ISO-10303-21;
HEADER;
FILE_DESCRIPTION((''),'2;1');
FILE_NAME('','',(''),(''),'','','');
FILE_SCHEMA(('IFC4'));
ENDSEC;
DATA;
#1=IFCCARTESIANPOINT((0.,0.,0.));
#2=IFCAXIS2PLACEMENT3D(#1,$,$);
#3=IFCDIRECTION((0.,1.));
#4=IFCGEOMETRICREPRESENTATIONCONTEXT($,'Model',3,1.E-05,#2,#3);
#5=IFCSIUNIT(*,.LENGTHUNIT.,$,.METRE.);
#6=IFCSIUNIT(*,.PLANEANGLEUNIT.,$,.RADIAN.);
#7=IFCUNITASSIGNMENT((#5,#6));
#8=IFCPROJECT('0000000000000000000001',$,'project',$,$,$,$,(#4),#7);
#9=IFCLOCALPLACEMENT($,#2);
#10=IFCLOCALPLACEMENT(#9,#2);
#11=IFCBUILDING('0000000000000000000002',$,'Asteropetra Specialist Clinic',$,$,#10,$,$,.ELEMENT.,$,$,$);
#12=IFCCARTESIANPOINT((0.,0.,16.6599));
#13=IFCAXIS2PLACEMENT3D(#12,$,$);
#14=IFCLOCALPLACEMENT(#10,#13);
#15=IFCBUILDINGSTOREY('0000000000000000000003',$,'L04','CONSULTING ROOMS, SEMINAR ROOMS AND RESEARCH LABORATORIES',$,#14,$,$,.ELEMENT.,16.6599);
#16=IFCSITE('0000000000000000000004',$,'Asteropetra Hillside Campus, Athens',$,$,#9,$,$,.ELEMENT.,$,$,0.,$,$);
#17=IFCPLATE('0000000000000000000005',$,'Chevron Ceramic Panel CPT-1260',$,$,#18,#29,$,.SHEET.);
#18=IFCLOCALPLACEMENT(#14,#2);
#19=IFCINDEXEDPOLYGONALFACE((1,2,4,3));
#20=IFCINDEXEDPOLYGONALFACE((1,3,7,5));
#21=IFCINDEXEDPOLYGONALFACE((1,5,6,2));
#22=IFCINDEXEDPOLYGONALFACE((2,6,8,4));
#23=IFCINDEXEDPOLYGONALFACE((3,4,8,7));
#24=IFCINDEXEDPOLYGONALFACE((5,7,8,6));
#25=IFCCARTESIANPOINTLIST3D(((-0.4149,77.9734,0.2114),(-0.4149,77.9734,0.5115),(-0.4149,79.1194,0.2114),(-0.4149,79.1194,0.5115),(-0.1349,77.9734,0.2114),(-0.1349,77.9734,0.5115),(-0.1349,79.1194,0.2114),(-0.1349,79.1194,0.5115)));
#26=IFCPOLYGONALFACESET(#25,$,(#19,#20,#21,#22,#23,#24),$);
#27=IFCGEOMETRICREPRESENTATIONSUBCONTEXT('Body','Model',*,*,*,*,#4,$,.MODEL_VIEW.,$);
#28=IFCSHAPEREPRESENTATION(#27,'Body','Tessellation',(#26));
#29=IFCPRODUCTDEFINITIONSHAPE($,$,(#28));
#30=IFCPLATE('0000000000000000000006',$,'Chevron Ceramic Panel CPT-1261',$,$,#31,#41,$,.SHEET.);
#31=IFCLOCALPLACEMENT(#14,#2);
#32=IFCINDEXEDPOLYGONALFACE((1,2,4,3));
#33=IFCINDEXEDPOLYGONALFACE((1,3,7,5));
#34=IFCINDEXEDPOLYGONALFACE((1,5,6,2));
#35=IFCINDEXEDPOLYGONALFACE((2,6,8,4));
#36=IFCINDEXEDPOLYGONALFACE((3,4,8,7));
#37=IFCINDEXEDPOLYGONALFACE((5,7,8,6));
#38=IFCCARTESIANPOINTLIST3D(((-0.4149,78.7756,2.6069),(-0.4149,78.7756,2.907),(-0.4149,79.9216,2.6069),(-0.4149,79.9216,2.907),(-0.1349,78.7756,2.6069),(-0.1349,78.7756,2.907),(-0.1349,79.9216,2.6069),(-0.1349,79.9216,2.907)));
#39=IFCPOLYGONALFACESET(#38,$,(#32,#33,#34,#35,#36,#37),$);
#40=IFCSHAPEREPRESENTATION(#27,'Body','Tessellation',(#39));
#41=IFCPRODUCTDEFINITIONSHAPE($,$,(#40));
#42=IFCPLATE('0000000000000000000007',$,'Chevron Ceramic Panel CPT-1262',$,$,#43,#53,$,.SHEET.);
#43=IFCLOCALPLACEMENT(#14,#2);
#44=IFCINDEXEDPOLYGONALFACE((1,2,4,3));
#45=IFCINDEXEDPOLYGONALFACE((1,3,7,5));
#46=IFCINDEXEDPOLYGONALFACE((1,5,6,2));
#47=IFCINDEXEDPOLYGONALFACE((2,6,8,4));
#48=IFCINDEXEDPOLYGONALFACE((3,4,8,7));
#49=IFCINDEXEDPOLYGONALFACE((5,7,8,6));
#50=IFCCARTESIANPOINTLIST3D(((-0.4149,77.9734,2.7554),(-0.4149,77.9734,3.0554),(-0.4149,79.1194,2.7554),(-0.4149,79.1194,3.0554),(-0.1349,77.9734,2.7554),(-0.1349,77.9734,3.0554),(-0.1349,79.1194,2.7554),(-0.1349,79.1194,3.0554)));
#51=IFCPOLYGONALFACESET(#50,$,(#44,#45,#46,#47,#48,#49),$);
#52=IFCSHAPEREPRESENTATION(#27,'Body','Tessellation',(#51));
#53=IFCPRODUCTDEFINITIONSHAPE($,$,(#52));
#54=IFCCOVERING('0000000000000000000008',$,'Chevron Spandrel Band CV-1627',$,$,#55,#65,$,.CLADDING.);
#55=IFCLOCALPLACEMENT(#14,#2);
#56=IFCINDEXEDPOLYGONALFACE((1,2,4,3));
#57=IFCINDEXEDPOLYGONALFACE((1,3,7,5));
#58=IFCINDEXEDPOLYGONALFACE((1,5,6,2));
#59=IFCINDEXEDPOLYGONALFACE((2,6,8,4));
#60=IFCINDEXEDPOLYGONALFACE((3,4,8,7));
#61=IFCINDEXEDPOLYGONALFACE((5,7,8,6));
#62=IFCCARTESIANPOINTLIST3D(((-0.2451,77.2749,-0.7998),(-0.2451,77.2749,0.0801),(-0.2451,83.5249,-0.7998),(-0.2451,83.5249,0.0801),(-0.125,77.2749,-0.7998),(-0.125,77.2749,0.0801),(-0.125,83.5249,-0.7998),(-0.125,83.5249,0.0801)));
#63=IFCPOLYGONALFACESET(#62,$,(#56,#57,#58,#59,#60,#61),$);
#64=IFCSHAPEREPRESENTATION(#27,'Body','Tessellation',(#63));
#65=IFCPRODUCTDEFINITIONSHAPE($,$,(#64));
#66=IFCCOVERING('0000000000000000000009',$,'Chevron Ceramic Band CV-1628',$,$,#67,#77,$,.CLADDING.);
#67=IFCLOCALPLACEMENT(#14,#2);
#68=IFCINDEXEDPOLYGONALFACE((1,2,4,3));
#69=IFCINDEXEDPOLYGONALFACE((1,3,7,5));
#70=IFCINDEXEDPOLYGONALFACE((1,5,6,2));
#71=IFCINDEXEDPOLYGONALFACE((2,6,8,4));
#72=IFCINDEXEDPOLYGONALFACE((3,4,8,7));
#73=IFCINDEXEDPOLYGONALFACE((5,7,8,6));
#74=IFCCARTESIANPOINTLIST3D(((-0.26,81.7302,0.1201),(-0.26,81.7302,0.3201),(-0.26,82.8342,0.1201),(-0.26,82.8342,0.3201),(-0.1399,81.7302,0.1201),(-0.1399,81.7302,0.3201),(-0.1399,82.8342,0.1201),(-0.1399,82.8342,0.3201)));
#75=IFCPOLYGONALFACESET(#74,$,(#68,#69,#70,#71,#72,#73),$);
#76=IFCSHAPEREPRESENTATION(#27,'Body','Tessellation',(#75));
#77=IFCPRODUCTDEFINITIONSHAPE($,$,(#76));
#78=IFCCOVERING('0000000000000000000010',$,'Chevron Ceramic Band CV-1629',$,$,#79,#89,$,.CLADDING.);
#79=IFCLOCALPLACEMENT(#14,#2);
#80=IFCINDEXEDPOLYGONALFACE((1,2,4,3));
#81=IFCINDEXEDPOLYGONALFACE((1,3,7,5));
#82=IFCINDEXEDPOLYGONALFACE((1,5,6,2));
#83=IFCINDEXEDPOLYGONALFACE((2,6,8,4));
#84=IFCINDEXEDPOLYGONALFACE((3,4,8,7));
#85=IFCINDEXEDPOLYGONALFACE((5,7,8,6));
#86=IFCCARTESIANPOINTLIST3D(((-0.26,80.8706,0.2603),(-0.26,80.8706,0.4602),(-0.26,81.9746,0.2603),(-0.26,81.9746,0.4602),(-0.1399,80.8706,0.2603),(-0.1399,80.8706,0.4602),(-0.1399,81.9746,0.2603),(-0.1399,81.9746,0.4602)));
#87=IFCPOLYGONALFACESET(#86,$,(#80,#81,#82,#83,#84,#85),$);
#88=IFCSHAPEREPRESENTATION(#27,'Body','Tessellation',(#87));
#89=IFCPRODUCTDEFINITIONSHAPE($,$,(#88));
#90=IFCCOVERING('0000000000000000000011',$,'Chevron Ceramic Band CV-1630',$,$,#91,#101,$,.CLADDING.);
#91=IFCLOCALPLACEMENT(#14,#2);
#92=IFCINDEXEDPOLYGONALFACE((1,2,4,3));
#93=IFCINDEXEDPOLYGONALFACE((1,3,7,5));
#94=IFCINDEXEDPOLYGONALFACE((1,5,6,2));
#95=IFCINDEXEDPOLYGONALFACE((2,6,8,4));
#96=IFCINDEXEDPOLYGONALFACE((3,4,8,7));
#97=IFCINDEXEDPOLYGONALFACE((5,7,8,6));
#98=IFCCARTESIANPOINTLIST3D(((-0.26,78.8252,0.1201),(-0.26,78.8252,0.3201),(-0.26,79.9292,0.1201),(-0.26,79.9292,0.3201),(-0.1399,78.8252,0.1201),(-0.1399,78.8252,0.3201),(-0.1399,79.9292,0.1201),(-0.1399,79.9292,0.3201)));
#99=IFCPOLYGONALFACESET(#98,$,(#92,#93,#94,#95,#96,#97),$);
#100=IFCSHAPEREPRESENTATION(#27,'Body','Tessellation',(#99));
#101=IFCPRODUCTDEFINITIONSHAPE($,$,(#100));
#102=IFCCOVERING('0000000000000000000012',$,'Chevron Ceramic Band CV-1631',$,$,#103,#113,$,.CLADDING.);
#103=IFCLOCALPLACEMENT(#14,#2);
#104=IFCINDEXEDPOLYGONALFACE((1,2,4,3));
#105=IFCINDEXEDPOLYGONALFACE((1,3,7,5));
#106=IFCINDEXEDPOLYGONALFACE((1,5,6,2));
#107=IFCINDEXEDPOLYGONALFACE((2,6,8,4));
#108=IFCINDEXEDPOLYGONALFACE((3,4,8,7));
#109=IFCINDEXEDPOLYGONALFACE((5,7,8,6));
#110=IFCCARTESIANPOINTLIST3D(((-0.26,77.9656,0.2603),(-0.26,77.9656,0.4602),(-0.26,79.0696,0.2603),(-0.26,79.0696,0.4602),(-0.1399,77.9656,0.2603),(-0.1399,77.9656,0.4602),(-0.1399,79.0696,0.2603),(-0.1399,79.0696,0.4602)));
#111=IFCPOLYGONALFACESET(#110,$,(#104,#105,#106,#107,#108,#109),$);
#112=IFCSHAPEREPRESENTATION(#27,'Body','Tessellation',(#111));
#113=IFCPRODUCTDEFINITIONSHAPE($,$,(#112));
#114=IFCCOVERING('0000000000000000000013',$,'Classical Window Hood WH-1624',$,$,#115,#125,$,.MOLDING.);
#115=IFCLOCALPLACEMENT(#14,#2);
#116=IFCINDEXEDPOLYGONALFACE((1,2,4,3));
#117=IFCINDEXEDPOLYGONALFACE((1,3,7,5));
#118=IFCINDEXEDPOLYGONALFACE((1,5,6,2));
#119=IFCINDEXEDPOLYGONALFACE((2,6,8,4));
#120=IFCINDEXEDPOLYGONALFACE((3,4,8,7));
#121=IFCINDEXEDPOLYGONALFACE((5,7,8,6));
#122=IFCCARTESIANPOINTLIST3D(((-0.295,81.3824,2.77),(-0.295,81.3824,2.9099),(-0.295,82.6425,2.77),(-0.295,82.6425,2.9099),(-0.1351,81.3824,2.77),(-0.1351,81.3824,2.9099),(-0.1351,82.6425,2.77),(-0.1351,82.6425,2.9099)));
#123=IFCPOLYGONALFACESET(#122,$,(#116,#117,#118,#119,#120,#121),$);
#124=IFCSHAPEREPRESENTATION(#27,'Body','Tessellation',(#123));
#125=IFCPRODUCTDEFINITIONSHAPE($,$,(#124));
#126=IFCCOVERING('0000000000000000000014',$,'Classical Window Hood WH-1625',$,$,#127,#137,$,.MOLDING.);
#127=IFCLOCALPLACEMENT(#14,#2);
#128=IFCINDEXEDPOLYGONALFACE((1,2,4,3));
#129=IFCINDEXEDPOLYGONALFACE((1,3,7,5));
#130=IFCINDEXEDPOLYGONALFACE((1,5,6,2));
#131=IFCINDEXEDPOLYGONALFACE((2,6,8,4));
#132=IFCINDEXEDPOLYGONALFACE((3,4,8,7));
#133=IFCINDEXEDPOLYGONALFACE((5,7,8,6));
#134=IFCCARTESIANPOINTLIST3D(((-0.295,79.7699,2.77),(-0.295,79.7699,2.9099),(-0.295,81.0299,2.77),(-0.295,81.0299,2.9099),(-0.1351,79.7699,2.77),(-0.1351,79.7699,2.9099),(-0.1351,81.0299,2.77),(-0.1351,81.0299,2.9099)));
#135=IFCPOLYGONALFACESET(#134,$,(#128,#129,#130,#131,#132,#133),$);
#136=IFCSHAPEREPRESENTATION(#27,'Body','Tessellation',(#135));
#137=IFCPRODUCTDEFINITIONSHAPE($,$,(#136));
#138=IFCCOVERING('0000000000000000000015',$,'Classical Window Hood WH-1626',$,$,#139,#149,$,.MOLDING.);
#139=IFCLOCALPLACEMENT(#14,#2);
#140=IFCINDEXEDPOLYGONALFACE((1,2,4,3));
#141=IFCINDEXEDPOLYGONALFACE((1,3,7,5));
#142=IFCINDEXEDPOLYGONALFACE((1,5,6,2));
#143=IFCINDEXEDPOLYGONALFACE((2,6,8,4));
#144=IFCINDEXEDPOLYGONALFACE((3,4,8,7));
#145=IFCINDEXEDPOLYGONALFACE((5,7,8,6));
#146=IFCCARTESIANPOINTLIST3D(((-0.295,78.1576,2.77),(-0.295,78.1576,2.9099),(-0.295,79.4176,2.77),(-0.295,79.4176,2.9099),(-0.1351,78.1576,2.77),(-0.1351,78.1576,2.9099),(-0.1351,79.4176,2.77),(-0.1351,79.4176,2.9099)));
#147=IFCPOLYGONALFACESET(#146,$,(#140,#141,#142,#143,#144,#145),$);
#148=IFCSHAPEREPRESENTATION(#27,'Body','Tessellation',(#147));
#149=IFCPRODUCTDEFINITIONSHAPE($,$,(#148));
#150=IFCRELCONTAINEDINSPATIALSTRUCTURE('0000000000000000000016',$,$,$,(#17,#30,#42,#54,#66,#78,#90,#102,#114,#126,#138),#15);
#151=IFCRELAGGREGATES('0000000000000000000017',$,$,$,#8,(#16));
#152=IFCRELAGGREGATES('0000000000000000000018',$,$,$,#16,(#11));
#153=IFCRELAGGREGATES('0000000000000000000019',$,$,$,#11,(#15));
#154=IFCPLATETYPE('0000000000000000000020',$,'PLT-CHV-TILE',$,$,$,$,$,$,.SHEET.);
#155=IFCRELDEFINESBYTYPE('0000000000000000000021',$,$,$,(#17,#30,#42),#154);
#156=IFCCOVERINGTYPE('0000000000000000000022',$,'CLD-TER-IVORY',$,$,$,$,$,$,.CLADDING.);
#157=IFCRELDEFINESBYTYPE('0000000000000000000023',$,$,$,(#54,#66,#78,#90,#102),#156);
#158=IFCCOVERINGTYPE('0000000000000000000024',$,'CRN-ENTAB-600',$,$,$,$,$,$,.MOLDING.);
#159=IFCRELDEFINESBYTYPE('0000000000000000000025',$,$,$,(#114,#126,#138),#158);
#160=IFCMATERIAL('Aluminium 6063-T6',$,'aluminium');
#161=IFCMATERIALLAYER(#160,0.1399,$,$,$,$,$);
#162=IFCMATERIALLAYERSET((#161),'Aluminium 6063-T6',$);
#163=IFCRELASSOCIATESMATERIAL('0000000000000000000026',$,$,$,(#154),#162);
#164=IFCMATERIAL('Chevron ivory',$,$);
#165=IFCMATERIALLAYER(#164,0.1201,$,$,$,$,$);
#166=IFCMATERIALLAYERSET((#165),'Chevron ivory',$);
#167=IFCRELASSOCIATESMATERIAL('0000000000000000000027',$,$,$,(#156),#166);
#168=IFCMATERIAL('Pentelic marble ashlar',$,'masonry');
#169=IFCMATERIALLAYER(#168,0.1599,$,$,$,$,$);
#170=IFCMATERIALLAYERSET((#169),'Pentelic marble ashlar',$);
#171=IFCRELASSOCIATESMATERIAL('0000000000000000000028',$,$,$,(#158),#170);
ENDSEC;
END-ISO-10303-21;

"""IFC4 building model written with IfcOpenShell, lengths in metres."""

from ifc_helpers import new_model, si_unit, direction, frame, origin, origin_2d, place, context, subcontext, project, spatial, rectangle, extrude, material, layer, layer_set, type_object, element, save


model = new_model("IFC4")

# Units and contexts
model_context = context("Model", 3, precision=1e-05, world=origin(), true_north=direction((0.0, 1.0)))
body_context = subcontext(model_context, "Body", "Model", "MODEL_VIEW")
ifc_project = project(units=[si_unit("LENGTHUNIT", "METRE"), si_unit("PLANEANGLEUNIT", "RADIAN")], contexts=[model_context])

# Site, building, storey
site_placement = place(None, origin())
site = spatial("IfcSite", under=ifc_project, at=site_placement, Name="Asteropetra Hillside Campus, Athens", CompositionType="ELEMENT", RefElevation=0.0)
building_placement = place(site_placement, origin())
building = spatial("IfcBuilding", under=site, at=building_placement, Name="Asteropetra Specialist Clinic", CompositionType="ELEMENT")
storey_placement = place(building_placement, frame((0.0, 0.0, 16.6599)))
storey = spatial("IfcBuildingStorey", under=building, at=storey_placement, Name="L04", Description="CONSULTING ROOMS, SEMINAR ROOMS AND RESEARCH LABORATORIES", CompositionType="ELEMENT", Elevation=16.6599)

# Plates
ifc_material_1 = material(Name="Aluminium 6063-T6", Category="aluminium")
ifc_layer_1 = layer(ifc_material_1, 0.1399)
ifc_layer_set_1 = layer_set([ifc_layer_1], Name="Aluminium 6063-T6")
plate_type_1 = type_object("IfcPlateType", Name="PLT-CHV-TILE", PredefinedType="SHEET", material=ifc_layer_set_1)
for number, where, z_axis, x_axis, name in (
    (1, (-0.2749, 78.5464, 0.2114), (0.0, 0.0, 1.0), (1.0, 0.0, 0.0), "Chevron Ceramic Panel CPT-1260"),
    (2, (-0.2749, 79.3486, 2.6069), (0.0, 0.0, 1.0), (1.0, 0.0, 0.0), "Chevron Ceramic Panel CPT-1261"),
    (3, (-0.2749, 78.5464, 2.7554), (0.0, 0.0, 1.0), (1.0, 0.0, 0.0), "Chevron Ceramic Panel CPT-1262"),
):
    element("IfcPlate", number, at=place(storey_placement, frame(where, z_axis=z_axis, x_axis=x_axis)), inside=storey, type_object=plate_type_1, Name=name, PredefinedType="SHEET", context=body_context, shape_type="SweptSolid", body=[
        extrude(rectangle(XDim=0.28, YDim=1.146, at=origin_2d()), origin(), (0.0, 0.0, 1.0), 0.3),
    ])

# Coverings
ifc_material_2 = material(Name="Chevron ivory")
ifc_layer_2 = layer(ifc_material_2, 0.1201)
ifc_layer_set_2 = layer_set([ifc_layer_2], Name="Chevron ivory")
covering_type_1 = type_object("IfcCoveringType", Name="CLD-TER-IVORY", PredefinedType="CLADDING", material=ifc_layer_set_2)
covering_placement = place(storey_placement, frame((-0.1851, 80.3999, -0.7998), z_axis=(0.0, 0.0, 1.0), x_axis=(1.0, 0.0, 0.0)))
element("IfcCovering", 4, at=covering_placement, inside=storey, type_object=covering_type_1, Name="Chevron Spandrel Band CV-1627", PredefinedType="CLADDING", context=body_context, shape_type="SweptSolid", body=[
    extrude(rectangle(XDim=0.1201, YDim=6.25, at=origin_2d()), origin(), (0.0, 0.0, 1.0), 0.8799),
])
for number, where, z_axis, x_axis, name in (
    (5, (-0.2, 82.2822, 0.1201), (0.0, 0.0, 1.0), (1.0, 0.0, 0.0), "Chevron Ceramic Band CV-1628"),
    (6, (-0.2, 81.4226, 0.2603), (0.0, 0.0, 1.0), (1.0, 0.0, 0.0), "Chevron Ceramic Band CV-1629"),
    (7, (-0.2, 79.3772, 0.1201), (0.0, 0.0, 1.0), (1.0, 0.0, 0.0), "Chevron Ceramic Band CV-1630"),
    (8, (-0.2, 78.5176, 0.2603), (0.0, 0.0, 1.0), (1.0, 0.0, 0.0), "Chevron Ceramic Band CV-1631"),
):
    element("IfcCovering", number, at=place(storey_placement, frame(where, z_axis=z_axis, x_axis=x_axis)), inside=storey, type_object=covering_type_1, Name=name, PredefinedType="CLADDING", context=body_context, shape_type="SweptSolid", body=[
        extrude(rectangle(XDim=0.1201, YDim=1.104, at=origin_2d()), origin(), (0.0, 0.0, 1.0), 0.2),
    ])
ifc_material_3 = material(Name="Pentelic marble ashlar", Category="masonry")
ifc_layer_3 = layer(ifc_material_3, 0.1599)
ifc_layer_set_3 = layer_set([ifc_layer_3], Name="Pentelic marble ashlar")
covering_type_2 = type_object("IfcCoveringType", Name="CRN-ENTAB-600", PredefinedType="MOLDING", material=ifc_layer_set_3)
for number, where, z_axis, x_axis, name in (
    (9, (-0.2151, 82.0125, 2.77), (0.0, 0.0, 1.0), (1.0, 0.0, 0.0), "Classical Window Hood WH-1624"),
    (10, (-0.2151, 80.3999, 2.77), (0.0, 0.0, 1.0), (1.0, 0.0, 0.0), "Classical Window Hood WH-1625"),
    (11, (-0.2151, 78.7876, 2.77), (0.0, 0.0, 1.0), (1.0, 0.0, 0.0), "Classical Window Hood WH-1626"),
):
    element("IfcCovering", number, at=place(storey_placement, frame(where, z_axis=z_axis, x_axis=x_axis)), inside=storey, type_object=covering_type_2, Name=name, PredefinedType="MOLDING", context=body_context, shape_type="SweptSolid", body=[
        extrude(rectangle(XDim=0.1599, YDim=1.26, at=origin_2d()), origin(), (0.0, 0.0, 1.0), 0.1399),
    ])

save(model, "model.ifc")
